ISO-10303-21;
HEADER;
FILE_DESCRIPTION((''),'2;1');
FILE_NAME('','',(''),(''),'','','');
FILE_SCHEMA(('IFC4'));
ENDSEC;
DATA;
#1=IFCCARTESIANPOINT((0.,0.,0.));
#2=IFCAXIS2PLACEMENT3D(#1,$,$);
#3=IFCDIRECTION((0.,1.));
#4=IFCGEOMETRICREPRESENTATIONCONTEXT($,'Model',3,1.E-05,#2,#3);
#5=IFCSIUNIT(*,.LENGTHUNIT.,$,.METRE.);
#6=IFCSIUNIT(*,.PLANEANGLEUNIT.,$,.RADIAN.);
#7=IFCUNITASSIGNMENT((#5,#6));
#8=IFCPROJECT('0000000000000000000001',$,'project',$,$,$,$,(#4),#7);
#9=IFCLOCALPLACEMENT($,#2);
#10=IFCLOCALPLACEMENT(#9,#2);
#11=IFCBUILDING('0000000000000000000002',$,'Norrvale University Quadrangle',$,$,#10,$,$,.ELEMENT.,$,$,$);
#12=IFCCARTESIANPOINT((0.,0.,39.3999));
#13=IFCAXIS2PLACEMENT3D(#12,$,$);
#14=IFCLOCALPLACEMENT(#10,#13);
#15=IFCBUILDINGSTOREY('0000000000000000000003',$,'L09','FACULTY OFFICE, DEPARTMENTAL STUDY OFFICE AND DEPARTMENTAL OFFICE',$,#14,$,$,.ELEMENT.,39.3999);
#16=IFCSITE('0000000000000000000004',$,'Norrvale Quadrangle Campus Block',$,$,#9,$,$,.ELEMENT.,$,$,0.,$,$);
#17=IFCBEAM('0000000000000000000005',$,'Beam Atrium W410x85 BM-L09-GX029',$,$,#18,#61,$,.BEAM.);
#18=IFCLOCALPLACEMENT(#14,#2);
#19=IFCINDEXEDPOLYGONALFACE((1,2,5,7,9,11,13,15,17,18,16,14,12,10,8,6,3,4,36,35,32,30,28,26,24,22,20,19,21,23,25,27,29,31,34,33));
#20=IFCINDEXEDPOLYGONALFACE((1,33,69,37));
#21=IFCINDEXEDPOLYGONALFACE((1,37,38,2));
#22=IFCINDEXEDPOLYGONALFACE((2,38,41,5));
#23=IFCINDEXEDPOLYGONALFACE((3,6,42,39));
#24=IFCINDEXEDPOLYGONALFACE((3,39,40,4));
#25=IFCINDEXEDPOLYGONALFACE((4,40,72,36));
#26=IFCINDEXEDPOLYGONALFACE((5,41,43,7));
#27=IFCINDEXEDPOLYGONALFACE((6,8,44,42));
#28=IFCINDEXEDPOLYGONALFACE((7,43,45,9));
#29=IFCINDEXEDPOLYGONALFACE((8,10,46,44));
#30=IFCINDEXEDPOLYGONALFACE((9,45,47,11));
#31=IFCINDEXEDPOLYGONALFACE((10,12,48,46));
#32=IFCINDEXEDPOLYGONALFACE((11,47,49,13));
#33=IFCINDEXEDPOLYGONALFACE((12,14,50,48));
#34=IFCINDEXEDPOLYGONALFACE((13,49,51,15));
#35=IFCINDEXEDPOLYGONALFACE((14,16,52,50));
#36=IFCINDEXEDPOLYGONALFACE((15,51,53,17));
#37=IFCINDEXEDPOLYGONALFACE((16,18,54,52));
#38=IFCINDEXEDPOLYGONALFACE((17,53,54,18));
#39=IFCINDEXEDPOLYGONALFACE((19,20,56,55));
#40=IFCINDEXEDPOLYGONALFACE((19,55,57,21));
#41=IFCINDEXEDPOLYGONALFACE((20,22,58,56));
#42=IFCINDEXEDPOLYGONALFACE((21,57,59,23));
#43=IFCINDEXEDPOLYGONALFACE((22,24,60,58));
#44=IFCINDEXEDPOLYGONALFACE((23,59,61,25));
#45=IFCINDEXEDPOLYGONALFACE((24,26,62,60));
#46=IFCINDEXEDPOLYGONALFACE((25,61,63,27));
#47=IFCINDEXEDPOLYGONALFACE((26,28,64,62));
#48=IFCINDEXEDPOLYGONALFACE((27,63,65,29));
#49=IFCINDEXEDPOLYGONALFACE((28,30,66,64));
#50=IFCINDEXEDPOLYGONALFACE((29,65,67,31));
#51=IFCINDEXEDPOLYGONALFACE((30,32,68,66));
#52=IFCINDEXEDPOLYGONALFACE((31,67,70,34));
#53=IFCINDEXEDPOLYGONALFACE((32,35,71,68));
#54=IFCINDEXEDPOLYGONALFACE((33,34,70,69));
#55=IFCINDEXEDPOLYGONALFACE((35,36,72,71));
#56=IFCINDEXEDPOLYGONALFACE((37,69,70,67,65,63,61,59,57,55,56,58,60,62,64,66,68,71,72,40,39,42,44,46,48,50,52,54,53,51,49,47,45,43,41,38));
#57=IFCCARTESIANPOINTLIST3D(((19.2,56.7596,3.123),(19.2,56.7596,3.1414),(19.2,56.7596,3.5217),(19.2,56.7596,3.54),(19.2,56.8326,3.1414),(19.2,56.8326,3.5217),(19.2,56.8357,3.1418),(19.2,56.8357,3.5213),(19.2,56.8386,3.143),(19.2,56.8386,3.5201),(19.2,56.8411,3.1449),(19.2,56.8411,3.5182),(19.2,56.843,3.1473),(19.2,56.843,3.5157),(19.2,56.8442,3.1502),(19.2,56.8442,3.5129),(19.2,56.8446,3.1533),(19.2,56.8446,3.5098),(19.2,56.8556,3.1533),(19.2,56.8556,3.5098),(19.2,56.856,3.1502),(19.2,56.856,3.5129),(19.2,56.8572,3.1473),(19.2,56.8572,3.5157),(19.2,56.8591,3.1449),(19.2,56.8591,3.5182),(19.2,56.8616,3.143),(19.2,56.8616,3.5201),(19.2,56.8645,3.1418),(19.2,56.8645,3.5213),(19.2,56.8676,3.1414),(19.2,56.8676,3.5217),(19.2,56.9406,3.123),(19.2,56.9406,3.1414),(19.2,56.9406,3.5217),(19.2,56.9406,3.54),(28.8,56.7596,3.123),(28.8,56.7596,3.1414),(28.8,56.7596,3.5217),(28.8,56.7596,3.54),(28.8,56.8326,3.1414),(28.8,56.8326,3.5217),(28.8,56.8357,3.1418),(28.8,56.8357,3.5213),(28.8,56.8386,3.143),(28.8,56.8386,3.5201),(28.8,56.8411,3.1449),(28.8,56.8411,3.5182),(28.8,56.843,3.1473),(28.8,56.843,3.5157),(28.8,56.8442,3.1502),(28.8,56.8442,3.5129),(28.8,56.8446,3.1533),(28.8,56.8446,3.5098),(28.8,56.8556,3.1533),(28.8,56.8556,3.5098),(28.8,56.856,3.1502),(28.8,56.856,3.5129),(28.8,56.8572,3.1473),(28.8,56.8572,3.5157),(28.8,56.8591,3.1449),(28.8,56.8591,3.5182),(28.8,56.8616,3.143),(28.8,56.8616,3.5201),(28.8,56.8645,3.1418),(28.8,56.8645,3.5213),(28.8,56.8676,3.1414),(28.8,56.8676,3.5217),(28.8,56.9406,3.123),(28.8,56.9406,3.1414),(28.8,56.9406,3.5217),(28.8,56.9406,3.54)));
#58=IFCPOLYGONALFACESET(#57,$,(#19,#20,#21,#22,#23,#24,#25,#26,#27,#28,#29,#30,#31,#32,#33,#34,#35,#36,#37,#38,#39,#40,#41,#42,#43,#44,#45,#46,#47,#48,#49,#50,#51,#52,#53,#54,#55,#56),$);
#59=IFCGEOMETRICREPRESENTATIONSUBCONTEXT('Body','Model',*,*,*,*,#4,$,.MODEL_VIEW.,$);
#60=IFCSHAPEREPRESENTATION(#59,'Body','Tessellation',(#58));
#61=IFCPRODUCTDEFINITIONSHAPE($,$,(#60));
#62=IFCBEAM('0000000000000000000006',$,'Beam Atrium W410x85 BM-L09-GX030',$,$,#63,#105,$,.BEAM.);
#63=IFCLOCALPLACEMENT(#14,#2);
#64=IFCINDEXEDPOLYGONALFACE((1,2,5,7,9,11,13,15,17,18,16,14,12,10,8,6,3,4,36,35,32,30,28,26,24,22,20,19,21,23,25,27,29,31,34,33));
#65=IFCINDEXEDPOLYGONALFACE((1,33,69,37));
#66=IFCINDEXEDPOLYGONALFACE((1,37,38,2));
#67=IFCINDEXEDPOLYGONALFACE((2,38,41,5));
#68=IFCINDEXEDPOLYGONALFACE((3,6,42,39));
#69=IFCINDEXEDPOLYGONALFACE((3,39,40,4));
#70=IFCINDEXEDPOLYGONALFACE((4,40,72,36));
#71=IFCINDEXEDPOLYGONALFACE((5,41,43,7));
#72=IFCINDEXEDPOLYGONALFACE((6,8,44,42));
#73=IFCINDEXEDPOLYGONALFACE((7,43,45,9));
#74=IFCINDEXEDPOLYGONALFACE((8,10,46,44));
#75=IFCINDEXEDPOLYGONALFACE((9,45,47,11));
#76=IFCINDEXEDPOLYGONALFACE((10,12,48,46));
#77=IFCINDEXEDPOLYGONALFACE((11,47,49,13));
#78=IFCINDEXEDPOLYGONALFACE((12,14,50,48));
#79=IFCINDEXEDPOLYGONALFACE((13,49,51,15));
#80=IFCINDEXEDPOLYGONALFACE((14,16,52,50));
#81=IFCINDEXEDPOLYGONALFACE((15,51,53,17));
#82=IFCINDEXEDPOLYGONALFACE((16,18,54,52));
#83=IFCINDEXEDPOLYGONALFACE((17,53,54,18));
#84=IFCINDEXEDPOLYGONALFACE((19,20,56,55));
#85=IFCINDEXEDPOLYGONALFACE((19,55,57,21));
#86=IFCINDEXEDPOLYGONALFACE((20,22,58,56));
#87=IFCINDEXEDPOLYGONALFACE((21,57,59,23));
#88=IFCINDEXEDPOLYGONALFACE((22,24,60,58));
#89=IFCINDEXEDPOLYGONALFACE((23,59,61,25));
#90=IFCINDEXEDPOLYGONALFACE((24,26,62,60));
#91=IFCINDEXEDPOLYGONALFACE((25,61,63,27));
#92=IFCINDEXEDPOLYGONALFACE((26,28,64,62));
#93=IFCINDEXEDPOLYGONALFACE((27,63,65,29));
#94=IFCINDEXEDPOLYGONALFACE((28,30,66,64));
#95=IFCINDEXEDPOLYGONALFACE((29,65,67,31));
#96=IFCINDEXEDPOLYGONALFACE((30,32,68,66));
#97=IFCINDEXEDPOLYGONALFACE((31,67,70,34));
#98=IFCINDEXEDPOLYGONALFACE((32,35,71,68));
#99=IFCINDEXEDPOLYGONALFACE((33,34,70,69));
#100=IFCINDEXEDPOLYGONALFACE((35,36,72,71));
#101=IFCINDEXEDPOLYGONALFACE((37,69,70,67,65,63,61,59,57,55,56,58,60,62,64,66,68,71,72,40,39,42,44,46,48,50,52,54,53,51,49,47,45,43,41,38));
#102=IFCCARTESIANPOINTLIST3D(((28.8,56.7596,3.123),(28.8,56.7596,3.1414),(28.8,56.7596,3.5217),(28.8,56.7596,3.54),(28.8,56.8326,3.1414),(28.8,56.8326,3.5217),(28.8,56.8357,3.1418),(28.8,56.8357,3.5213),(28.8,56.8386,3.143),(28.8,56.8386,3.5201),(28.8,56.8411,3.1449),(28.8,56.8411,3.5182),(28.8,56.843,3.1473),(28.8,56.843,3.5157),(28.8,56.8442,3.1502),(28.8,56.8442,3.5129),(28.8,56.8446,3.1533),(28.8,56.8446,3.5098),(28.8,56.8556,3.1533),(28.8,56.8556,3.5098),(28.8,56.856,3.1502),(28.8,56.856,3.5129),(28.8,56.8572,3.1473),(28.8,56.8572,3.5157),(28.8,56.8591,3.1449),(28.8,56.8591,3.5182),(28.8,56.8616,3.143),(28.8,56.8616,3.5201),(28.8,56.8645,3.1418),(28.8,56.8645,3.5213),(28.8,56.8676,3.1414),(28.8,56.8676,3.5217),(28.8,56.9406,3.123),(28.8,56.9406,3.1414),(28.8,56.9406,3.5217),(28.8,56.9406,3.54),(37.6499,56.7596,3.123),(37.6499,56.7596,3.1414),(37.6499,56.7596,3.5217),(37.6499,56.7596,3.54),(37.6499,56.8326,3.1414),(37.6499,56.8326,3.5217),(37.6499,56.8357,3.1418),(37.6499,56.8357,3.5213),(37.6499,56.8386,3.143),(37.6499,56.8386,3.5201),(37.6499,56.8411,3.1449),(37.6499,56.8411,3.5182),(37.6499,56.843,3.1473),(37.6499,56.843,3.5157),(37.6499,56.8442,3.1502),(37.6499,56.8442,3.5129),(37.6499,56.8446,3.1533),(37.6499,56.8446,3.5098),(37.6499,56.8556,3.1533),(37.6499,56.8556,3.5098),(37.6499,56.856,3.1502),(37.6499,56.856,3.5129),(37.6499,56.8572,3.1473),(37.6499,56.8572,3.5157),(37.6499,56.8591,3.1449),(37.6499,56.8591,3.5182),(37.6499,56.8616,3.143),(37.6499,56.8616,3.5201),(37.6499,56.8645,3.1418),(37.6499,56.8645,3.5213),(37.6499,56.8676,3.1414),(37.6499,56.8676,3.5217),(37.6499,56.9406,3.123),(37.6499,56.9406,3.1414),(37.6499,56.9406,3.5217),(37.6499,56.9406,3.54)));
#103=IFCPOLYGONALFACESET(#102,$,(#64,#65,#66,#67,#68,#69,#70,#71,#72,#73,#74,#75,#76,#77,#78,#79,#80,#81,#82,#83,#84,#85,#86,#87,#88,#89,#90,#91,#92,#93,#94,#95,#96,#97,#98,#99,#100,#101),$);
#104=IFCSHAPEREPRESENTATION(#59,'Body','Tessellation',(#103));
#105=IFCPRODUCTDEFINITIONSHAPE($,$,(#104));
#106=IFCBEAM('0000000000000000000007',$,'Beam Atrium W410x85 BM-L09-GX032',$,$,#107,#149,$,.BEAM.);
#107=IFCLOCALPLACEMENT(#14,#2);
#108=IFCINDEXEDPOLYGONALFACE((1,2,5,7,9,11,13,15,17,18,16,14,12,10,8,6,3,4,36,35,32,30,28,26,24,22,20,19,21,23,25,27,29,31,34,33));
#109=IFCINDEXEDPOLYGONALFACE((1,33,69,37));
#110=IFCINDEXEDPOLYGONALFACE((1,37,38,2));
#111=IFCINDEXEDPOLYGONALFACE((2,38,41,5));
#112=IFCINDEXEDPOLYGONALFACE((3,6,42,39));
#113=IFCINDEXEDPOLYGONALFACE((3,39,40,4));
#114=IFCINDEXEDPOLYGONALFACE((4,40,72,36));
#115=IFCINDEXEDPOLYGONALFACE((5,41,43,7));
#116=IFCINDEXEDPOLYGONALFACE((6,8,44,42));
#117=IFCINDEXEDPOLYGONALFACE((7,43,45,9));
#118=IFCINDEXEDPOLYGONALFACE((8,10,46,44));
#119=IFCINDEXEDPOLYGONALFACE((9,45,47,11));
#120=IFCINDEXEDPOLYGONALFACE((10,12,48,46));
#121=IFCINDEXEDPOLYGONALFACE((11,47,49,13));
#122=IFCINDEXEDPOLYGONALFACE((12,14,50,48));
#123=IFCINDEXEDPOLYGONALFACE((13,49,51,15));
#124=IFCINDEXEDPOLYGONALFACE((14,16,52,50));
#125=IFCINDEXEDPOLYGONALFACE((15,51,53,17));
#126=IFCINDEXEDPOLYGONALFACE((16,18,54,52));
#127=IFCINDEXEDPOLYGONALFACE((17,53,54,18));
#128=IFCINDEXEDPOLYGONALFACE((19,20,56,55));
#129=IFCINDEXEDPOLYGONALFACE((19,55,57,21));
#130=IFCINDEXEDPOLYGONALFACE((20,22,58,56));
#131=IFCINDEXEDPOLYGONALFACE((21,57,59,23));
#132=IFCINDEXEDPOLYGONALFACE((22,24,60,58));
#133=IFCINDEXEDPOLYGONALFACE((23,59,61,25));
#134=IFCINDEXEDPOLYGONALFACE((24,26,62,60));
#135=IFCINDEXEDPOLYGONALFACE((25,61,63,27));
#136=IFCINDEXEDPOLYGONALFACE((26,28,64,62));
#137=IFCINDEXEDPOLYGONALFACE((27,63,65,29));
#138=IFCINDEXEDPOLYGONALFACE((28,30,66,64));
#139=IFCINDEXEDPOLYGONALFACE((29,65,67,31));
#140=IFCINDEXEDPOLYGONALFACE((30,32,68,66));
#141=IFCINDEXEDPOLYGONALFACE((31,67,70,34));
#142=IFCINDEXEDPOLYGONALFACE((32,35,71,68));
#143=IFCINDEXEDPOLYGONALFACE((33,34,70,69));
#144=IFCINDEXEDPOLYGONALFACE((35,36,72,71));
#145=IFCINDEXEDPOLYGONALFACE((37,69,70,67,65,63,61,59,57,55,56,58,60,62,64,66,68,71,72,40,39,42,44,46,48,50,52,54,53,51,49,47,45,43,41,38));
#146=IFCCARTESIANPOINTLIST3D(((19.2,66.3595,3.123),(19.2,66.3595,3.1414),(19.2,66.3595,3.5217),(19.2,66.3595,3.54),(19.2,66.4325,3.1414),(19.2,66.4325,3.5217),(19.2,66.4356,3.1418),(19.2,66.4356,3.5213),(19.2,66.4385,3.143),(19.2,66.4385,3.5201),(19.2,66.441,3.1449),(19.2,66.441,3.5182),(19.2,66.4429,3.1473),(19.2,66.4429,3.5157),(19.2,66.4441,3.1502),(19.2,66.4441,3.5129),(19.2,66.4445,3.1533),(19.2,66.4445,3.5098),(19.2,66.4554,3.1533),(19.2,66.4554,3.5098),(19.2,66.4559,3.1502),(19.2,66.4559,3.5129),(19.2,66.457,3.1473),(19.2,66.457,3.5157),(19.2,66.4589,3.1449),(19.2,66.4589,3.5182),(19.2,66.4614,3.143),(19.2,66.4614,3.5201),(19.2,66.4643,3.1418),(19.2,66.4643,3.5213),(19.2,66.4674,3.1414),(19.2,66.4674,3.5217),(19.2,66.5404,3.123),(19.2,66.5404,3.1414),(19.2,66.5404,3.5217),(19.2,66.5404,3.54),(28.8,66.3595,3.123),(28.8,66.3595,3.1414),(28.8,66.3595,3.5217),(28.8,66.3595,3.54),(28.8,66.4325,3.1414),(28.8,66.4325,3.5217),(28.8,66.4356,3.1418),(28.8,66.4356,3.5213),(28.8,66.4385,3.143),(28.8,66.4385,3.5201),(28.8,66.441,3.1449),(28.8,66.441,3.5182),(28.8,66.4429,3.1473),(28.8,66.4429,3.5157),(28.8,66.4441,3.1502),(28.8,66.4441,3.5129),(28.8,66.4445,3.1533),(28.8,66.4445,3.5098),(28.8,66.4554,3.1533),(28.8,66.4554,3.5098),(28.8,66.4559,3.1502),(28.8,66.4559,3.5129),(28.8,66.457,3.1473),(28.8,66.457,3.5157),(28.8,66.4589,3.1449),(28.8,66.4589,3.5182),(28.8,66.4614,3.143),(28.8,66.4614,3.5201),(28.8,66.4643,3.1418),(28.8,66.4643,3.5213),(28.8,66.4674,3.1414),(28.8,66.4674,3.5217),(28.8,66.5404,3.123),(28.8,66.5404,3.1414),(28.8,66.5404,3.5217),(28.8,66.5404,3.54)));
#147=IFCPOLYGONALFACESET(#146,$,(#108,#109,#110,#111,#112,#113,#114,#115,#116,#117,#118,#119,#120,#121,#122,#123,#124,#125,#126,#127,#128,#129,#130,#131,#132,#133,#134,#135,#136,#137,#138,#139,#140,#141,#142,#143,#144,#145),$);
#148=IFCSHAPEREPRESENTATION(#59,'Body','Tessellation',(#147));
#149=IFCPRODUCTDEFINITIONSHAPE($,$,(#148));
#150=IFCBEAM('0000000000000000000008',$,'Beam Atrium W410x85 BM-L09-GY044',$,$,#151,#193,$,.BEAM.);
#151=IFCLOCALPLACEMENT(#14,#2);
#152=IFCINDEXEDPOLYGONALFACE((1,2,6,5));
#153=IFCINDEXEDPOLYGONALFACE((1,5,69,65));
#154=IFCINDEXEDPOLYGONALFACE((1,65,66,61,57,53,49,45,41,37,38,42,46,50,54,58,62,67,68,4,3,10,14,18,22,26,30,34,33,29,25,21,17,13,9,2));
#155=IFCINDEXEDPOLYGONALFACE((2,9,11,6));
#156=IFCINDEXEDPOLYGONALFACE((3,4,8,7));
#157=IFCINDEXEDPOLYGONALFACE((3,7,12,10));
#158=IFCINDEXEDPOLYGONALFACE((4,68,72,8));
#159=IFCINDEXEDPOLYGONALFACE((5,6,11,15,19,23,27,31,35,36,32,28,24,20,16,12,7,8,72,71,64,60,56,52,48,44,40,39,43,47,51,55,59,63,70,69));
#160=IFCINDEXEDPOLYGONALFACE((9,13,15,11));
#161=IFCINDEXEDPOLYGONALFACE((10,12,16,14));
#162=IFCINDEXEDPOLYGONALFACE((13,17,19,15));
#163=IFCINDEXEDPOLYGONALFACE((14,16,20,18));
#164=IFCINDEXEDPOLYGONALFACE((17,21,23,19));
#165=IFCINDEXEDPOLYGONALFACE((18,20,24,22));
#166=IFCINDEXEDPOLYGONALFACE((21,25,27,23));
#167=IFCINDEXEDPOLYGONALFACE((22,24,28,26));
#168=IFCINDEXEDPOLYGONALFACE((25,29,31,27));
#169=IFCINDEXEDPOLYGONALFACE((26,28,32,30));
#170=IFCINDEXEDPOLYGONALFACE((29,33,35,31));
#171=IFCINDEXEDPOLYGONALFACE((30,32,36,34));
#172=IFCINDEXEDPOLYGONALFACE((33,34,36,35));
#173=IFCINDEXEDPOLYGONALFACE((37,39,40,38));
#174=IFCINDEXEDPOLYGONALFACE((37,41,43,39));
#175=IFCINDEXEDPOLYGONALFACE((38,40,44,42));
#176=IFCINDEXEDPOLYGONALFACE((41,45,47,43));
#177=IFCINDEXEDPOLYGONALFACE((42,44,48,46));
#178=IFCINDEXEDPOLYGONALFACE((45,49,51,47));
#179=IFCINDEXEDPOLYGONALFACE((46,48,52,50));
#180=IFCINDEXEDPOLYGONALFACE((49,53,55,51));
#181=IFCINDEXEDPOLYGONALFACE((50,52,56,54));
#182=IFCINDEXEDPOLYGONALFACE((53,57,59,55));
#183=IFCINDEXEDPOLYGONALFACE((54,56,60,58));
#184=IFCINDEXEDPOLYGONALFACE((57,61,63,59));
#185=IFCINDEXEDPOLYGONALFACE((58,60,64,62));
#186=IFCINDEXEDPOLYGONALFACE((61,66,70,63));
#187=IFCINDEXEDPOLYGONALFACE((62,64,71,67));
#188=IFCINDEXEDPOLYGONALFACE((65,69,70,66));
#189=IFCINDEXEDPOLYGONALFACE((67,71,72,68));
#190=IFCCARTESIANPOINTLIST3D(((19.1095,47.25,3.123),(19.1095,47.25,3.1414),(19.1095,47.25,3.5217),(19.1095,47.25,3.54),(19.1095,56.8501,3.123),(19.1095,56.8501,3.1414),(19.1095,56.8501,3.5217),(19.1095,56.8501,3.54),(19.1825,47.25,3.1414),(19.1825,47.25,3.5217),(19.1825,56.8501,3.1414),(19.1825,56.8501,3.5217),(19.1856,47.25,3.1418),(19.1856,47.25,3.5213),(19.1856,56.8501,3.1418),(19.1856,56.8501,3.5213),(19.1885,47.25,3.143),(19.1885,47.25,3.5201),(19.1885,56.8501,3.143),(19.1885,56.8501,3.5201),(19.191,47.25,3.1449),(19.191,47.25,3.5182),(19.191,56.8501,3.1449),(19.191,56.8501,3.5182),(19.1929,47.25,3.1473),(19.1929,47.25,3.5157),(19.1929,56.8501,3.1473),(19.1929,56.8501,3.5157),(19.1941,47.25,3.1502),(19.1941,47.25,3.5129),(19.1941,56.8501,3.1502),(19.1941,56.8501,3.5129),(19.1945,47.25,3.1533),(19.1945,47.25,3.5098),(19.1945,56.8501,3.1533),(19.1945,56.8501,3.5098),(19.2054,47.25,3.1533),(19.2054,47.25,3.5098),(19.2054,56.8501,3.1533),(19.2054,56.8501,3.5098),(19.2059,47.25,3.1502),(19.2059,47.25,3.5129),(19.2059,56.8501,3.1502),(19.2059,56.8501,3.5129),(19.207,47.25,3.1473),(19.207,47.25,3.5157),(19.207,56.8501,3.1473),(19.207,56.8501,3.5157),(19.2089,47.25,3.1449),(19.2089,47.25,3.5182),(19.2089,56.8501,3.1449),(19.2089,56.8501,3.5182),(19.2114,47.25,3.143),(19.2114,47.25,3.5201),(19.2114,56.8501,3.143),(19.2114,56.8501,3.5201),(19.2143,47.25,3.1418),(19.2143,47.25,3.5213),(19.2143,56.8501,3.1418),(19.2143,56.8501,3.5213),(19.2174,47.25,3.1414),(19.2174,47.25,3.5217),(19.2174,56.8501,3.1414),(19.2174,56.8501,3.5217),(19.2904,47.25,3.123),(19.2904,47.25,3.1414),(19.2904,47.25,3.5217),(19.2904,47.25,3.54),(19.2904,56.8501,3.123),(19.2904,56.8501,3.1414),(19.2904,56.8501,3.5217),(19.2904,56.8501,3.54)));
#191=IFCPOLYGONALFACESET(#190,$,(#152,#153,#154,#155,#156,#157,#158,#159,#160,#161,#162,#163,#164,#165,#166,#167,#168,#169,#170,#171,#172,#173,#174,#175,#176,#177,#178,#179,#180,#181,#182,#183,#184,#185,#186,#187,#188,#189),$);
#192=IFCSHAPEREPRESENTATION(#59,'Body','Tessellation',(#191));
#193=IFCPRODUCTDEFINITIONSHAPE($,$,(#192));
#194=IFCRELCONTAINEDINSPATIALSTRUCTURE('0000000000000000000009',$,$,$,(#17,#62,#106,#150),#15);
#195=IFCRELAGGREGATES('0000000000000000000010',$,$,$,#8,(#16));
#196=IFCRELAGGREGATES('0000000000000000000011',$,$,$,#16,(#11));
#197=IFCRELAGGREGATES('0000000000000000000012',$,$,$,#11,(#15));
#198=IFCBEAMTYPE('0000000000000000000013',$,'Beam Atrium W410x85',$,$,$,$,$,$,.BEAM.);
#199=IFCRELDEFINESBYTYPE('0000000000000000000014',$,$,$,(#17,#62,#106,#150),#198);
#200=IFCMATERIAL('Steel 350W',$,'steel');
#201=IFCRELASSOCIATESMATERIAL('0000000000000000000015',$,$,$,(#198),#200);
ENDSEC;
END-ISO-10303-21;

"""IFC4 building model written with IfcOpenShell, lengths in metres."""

from ifc_helpers import new_model, si_unit, direction, frame, origin, origin_2d, place, context, subcontext, project, spatial, i_section, extrude, material, material_profile, profile_set, type_object, element, save


model = new_model("IFC4")

# Units and contexts
model_context = context("Model", 3, precision=1e-05, world=origin(), true_north=direction((0.0, 1.0)))
body_context = subcontext(model_context, "Body", "Model", "MODEL_VIEW")
ifc_project = project(units=[si_unit("LENGTHUNIT", "METRE"), si_unit("PLANEANGLEUNIT", "RADIAN")], contexts=[model_context])

# Site, building, storey
site_placement = place(None, origin())
site = spatial("IfcSite", under=ifc_project, at=site_placement, Name="Norrvale Quadrangle Campus Block", CompositionType="ELEMENT", RefElevation=0.0)
building_placement = place(site_placement, origin())
building = spatial("IfcBuilding", under=site, at=building_placement, Name="Norrvale University Quadrangle", CompositionType="ELEMENT")
storey_placement = place(building_placement, frame((0.0, 0.0, 39.3999)))
storey = spatial("IfcBuildingStorey", under=building, at=storey_placement, Name="L09", Description="FACULTY OFFICE, DEPARTMENTAL STUDY OFFICE AND DEPARTMENTAL OFFICE", CompositionType="ELEMENT", Elevation=39.3999)

# Beams
ifc_material_1 = material(Name="Steel 350W", Category="steel")
ifc_material_profile_1 = material_profile(ifc_material_1, i_section(OverallWidth=0.1809, OverallDepth=0.417, WebThickness=0.011, FlangeThickness=0.0183, FilletRadius=0.012, at=origin_2d()), Name="Steel 350W")
ifc_profile_set_1 = profile_set([ifc_material_profile_1], Name="Steel 350W")
beam_type_1 = type_object("IfcBeamType", Name="Beam Atrium W410x85", PredefinedType="BEAM", material=ifc_profile_set_1)
beam_1_placement = place(storey_placement, frame((19.2, 56.8501, 3.3315), z_axis=(1.0, 0.0, 0.0), x_axis=(0.0, 1.0, 0.0)))
element("IfcBeam", 1, at=beam_1_placement, inside=storey, type_object=beam_type_1, Name="Beam Atrium W410x85 BM-L09-GX029", PredefinedType="BEAM", context=body_context, shape_type="SweptSolid", body=[
    extrude(i_section(OverallWidth=0.1809, OverallDepth=0.417, WebThickness=0.011, FlangeThickness=0.0183, FilletRadius=0.012, at=origin_2d()), origin(), (0.0, 0.0, 1.0), 9.6001),
])
beam_2_placement = place(storey_placement, frame((28.8, 56.8501, 3.3315), z_axis=(1.0, 0.0, 0.0), x_axis=(0.0, 1.0, 0.0)))
element("IfcBeam", 2, at=beam_2_placement, inside=storey, type_object=beam_type_1, Name="Beam Atrium W410x85 BM-L09-GX030", PredefinedType="BEAM", context=body_context, shape_type="SweptSolid", body=[
    extrude(i_section(OverallWidth=0.1809, OverallDepth=0.417, WebThickness=0.011, FlangeThickness=0.0183, FilletRadius=0.012, at=origin_2d()), origin(), (0.0, 0.0, 1.0), 8.8499),
])
for number, where, z_axis, x_axis, name in (
    (3, (19.2, 66.45, 3.3315), (1.0, 0.0, 0.0), (0.0, 1.0, 0.0), "Beam Atrium W410x85 BM-L09-GX032"),
    (4, (19.2, 47.25, 3.3315), (0.0, 1.0, 0.0), (-1.0, 0.0, 0.0), "Beam Atrium W410x85 BM-L09-GY044"),
):
    element("IfcBeam", number, at=place(storey_placement, frame(where, z_axis=z_axis, x_axis=x_axis)), inside=storey, type_object=beam_type_1, Name=name, PredefinedType="BEAM", context=body_context, shape_type="SweptSolid", body=[
        extrude(i_section(OverallWidth=0.1809, OverallDepth=0.417, WebThickness=0.011, FlangeThickness=0.0183, FilletRadius=0.012, at=origin_2d()), origin(), (0.0, 0.0, 1.0), 9.6001),
    ])

save(model, "model.ifc")
